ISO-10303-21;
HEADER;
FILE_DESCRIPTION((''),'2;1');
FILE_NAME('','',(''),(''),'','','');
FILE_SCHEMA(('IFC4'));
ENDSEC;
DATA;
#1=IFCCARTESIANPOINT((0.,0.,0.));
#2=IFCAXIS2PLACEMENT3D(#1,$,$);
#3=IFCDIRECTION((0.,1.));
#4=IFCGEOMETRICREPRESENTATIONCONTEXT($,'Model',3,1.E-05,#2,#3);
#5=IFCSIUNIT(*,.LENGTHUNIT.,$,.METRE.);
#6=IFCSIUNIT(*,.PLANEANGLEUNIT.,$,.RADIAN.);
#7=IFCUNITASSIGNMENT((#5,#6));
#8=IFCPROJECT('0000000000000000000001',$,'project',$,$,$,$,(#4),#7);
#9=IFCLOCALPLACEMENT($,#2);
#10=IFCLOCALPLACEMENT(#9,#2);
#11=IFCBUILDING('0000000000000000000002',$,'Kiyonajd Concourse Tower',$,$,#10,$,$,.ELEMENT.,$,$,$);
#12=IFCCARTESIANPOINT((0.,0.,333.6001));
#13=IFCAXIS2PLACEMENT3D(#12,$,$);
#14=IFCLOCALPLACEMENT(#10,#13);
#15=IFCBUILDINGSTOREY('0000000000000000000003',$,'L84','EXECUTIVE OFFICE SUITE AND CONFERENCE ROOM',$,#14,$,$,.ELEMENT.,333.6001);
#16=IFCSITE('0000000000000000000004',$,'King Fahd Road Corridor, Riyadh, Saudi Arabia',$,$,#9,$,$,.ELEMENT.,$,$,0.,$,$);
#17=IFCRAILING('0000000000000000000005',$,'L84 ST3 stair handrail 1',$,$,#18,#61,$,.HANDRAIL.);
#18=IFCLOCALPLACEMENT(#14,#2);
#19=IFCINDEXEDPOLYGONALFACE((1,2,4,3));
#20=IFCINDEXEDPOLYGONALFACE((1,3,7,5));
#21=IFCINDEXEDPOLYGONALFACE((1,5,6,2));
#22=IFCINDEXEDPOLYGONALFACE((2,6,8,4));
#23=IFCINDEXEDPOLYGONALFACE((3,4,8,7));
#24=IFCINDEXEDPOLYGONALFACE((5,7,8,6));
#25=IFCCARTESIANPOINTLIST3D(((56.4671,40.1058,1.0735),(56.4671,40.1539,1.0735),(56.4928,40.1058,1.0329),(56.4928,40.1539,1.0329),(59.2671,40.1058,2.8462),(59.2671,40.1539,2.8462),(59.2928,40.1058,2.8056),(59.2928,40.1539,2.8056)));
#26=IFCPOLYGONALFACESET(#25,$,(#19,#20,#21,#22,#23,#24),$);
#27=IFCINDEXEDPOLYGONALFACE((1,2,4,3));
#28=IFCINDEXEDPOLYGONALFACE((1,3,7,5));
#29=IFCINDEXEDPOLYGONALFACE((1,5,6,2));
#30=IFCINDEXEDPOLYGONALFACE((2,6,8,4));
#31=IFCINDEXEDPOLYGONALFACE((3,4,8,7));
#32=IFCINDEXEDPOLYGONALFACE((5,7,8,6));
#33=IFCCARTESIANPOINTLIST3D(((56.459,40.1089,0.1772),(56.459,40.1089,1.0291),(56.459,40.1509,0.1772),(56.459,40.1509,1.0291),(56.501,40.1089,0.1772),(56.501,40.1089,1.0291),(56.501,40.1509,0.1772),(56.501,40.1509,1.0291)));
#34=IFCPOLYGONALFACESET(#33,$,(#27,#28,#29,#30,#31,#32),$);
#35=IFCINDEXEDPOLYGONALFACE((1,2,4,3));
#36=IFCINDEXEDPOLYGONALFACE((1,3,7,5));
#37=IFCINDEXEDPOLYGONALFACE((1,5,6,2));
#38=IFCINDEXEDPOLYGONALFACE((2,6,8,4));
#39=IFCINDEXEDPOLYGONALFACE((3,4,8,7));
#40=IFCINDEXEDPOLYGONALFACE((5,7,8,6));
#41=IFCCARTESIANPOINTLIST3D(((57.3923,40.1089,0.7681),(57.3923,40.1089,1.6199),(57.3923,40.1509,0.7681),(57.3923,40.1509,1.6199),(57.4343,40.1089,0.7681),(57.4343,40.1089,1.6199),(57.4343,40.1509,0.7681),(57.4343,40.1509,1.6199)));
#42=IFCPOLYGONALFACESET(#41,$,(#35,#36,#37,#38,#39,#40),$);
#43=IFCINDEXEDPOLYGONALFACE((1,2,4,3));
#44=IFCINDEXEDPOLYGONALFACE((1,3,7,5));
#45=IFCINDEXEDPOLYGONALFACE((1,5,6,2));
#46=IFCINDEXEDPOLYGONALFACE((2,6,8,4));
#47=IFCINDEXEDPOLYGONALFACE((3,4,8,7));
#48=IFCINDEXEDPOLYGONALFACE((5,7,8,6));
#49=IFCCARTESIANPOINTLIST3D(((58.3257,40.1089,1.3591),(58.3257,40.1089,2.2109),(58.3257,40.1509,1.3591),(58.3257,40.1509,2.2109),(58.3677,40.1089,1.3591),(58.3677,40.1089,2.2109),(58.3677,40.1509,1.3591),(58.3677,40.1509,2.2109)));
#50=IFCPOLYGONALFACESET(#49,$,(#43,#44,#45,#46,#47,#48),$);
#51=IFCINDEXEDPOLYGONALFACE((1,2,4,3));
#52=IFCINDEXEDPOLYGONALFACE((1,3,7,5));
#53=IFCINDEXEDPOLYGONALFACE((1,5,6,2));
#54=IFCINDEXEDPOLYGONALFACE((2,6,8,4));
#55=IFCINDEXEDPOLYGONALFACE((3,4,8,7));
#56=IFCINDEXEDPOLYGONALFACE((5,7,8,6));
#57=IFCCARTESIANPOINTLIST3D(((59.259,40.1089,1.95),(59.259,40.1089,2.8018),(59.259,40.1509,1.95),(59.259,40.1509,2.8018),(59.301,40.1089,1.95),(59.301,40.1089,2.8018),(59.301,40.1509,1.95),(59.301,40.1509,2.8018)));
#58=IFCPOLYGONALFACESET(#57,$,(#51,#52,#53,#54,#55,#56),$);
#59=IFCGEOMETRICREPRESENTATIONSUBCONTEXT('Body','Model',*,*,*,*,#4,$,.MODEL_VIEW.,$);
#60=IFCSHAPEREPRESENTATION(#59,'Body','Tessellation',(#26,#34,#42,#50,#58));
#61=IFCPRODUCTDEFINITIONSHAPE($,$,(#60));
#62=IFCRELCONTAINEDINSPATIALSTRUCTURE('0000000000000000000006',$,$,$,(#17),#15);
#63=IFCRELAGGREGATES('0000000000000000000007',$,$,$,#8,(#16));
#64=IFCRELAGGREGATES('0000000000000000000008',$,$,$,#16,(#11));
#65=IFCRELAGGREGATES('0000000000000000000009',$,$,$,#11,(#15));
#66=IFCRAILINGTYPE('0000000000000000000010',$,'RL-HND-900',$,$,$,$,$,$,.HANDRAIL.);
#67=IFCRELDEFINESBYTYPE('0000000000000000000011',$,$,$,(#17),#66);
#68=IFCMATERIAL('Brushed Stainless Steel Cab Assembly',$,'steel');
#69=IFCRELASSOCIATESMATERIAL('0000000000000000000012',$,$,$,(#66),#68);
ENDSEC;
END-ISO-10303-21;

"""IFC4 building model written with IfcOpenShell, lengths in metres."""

from ifc_helpers import new_model, si_unit, direction, frame, origin, origin_2d, place, context, subcontext, project, spatial, rectangle, extrude, material, type_object, element, save


model = new_model("IFC4")

# Units and contexts
model_context = context("Model", 3, precision=1e-05, world=origin(), true_north=direction((0.0, 1.0)))
body_context = subcontext(model_context, "Body", "Model", "MODEL_VIEW")
ifc_project = project(units=[si_unit("LENGTHUNIT", "METRE"), si_unit("PLANEANGLEUNIT", "RADIAN")], contexts=[model_context])

# Site, building, storey
site_placement = place(None, origin())
site = spatial("IfcSite", under=ifc_project, at=site_placement, Name="King Fahd Road Corridor, Riyadh, Saudi Arabia", CompositionType="ELEMENT", RefElevation=0.0)
building_placement = place(site_placement, origin())
building = spatial("IfcBuilding", under=site, at=building_placement, Name="Kiyonajd Concourse Tower", CompositionType="ELEMENT")
storey_placement = place(building_placement, frame((0.0, 0.0, 333.6001)))
storey = spatial("IfcBuildingStorey", under=building, at=storey_placement, Name="L84", Description="EXECUTIVE OFFICE SUITE AND CONFERENCE ROOM", CompositionType="ELEMENT", Elevation=333.6001)

# Shared definitions
ifc_material_1 = material(Name="Brushed Stainless Steel Cab Assembly", Category="steel")

# Railing
railing_type_1 = type_object("IfcRailingType", Name="RL-HND-900", PredefinedType="HANDRAIL", material=ifc_material_1)
railing_1_placement = place(storey_placement, frame((56.48, 40.1299, 0.1772)))
element("IfcRailing", 1, at=railing_1_placement, inside=storey, type_object=railing_type_1, Name="L84 ST3 stair handrail 1", PredefinedType="HANDRAIL", context=body_context, shape_type="SweptSolid", body=[
    extrude(rectangle(XDim=0.0481, YDim=0.0481, at=origin_2d()), frame((0.0, 0.0, 0.876), z_axis=(0.844909, 0.0, 0.53491), x_axis=(0.0, 1.0, 0.0)), (0.0, 0.0, 1.0), 3.314),
    extrude(rectangle(XDim=0.042, YDim=0.042, at=origin_2d()), origin(), (0.0, 0.0, 1.0), 0.8518),
    extrude(rectangle(XDim=0.042, YDim=0.042, at=origin_2d()), frame((0.9333, 0.0, 0.5908)), (0.0, 0.0, 1.0), 0.8518),
    extrude(rectangle(XDim=0.042, YDim=0.042, at=origin_2d()), frame((1.8667, 0.0, 1.1819)), (0.0, 0.0, 1.0), 0.8518),
    extrude(rectangle(XDim=0.042, YDim=0.042, at=origin_2d()), frame((2.8, 0.0, 1.7727)), (0.0, 0.0, 1.0), 0.8518),
])

save(model, "model.ifc")
